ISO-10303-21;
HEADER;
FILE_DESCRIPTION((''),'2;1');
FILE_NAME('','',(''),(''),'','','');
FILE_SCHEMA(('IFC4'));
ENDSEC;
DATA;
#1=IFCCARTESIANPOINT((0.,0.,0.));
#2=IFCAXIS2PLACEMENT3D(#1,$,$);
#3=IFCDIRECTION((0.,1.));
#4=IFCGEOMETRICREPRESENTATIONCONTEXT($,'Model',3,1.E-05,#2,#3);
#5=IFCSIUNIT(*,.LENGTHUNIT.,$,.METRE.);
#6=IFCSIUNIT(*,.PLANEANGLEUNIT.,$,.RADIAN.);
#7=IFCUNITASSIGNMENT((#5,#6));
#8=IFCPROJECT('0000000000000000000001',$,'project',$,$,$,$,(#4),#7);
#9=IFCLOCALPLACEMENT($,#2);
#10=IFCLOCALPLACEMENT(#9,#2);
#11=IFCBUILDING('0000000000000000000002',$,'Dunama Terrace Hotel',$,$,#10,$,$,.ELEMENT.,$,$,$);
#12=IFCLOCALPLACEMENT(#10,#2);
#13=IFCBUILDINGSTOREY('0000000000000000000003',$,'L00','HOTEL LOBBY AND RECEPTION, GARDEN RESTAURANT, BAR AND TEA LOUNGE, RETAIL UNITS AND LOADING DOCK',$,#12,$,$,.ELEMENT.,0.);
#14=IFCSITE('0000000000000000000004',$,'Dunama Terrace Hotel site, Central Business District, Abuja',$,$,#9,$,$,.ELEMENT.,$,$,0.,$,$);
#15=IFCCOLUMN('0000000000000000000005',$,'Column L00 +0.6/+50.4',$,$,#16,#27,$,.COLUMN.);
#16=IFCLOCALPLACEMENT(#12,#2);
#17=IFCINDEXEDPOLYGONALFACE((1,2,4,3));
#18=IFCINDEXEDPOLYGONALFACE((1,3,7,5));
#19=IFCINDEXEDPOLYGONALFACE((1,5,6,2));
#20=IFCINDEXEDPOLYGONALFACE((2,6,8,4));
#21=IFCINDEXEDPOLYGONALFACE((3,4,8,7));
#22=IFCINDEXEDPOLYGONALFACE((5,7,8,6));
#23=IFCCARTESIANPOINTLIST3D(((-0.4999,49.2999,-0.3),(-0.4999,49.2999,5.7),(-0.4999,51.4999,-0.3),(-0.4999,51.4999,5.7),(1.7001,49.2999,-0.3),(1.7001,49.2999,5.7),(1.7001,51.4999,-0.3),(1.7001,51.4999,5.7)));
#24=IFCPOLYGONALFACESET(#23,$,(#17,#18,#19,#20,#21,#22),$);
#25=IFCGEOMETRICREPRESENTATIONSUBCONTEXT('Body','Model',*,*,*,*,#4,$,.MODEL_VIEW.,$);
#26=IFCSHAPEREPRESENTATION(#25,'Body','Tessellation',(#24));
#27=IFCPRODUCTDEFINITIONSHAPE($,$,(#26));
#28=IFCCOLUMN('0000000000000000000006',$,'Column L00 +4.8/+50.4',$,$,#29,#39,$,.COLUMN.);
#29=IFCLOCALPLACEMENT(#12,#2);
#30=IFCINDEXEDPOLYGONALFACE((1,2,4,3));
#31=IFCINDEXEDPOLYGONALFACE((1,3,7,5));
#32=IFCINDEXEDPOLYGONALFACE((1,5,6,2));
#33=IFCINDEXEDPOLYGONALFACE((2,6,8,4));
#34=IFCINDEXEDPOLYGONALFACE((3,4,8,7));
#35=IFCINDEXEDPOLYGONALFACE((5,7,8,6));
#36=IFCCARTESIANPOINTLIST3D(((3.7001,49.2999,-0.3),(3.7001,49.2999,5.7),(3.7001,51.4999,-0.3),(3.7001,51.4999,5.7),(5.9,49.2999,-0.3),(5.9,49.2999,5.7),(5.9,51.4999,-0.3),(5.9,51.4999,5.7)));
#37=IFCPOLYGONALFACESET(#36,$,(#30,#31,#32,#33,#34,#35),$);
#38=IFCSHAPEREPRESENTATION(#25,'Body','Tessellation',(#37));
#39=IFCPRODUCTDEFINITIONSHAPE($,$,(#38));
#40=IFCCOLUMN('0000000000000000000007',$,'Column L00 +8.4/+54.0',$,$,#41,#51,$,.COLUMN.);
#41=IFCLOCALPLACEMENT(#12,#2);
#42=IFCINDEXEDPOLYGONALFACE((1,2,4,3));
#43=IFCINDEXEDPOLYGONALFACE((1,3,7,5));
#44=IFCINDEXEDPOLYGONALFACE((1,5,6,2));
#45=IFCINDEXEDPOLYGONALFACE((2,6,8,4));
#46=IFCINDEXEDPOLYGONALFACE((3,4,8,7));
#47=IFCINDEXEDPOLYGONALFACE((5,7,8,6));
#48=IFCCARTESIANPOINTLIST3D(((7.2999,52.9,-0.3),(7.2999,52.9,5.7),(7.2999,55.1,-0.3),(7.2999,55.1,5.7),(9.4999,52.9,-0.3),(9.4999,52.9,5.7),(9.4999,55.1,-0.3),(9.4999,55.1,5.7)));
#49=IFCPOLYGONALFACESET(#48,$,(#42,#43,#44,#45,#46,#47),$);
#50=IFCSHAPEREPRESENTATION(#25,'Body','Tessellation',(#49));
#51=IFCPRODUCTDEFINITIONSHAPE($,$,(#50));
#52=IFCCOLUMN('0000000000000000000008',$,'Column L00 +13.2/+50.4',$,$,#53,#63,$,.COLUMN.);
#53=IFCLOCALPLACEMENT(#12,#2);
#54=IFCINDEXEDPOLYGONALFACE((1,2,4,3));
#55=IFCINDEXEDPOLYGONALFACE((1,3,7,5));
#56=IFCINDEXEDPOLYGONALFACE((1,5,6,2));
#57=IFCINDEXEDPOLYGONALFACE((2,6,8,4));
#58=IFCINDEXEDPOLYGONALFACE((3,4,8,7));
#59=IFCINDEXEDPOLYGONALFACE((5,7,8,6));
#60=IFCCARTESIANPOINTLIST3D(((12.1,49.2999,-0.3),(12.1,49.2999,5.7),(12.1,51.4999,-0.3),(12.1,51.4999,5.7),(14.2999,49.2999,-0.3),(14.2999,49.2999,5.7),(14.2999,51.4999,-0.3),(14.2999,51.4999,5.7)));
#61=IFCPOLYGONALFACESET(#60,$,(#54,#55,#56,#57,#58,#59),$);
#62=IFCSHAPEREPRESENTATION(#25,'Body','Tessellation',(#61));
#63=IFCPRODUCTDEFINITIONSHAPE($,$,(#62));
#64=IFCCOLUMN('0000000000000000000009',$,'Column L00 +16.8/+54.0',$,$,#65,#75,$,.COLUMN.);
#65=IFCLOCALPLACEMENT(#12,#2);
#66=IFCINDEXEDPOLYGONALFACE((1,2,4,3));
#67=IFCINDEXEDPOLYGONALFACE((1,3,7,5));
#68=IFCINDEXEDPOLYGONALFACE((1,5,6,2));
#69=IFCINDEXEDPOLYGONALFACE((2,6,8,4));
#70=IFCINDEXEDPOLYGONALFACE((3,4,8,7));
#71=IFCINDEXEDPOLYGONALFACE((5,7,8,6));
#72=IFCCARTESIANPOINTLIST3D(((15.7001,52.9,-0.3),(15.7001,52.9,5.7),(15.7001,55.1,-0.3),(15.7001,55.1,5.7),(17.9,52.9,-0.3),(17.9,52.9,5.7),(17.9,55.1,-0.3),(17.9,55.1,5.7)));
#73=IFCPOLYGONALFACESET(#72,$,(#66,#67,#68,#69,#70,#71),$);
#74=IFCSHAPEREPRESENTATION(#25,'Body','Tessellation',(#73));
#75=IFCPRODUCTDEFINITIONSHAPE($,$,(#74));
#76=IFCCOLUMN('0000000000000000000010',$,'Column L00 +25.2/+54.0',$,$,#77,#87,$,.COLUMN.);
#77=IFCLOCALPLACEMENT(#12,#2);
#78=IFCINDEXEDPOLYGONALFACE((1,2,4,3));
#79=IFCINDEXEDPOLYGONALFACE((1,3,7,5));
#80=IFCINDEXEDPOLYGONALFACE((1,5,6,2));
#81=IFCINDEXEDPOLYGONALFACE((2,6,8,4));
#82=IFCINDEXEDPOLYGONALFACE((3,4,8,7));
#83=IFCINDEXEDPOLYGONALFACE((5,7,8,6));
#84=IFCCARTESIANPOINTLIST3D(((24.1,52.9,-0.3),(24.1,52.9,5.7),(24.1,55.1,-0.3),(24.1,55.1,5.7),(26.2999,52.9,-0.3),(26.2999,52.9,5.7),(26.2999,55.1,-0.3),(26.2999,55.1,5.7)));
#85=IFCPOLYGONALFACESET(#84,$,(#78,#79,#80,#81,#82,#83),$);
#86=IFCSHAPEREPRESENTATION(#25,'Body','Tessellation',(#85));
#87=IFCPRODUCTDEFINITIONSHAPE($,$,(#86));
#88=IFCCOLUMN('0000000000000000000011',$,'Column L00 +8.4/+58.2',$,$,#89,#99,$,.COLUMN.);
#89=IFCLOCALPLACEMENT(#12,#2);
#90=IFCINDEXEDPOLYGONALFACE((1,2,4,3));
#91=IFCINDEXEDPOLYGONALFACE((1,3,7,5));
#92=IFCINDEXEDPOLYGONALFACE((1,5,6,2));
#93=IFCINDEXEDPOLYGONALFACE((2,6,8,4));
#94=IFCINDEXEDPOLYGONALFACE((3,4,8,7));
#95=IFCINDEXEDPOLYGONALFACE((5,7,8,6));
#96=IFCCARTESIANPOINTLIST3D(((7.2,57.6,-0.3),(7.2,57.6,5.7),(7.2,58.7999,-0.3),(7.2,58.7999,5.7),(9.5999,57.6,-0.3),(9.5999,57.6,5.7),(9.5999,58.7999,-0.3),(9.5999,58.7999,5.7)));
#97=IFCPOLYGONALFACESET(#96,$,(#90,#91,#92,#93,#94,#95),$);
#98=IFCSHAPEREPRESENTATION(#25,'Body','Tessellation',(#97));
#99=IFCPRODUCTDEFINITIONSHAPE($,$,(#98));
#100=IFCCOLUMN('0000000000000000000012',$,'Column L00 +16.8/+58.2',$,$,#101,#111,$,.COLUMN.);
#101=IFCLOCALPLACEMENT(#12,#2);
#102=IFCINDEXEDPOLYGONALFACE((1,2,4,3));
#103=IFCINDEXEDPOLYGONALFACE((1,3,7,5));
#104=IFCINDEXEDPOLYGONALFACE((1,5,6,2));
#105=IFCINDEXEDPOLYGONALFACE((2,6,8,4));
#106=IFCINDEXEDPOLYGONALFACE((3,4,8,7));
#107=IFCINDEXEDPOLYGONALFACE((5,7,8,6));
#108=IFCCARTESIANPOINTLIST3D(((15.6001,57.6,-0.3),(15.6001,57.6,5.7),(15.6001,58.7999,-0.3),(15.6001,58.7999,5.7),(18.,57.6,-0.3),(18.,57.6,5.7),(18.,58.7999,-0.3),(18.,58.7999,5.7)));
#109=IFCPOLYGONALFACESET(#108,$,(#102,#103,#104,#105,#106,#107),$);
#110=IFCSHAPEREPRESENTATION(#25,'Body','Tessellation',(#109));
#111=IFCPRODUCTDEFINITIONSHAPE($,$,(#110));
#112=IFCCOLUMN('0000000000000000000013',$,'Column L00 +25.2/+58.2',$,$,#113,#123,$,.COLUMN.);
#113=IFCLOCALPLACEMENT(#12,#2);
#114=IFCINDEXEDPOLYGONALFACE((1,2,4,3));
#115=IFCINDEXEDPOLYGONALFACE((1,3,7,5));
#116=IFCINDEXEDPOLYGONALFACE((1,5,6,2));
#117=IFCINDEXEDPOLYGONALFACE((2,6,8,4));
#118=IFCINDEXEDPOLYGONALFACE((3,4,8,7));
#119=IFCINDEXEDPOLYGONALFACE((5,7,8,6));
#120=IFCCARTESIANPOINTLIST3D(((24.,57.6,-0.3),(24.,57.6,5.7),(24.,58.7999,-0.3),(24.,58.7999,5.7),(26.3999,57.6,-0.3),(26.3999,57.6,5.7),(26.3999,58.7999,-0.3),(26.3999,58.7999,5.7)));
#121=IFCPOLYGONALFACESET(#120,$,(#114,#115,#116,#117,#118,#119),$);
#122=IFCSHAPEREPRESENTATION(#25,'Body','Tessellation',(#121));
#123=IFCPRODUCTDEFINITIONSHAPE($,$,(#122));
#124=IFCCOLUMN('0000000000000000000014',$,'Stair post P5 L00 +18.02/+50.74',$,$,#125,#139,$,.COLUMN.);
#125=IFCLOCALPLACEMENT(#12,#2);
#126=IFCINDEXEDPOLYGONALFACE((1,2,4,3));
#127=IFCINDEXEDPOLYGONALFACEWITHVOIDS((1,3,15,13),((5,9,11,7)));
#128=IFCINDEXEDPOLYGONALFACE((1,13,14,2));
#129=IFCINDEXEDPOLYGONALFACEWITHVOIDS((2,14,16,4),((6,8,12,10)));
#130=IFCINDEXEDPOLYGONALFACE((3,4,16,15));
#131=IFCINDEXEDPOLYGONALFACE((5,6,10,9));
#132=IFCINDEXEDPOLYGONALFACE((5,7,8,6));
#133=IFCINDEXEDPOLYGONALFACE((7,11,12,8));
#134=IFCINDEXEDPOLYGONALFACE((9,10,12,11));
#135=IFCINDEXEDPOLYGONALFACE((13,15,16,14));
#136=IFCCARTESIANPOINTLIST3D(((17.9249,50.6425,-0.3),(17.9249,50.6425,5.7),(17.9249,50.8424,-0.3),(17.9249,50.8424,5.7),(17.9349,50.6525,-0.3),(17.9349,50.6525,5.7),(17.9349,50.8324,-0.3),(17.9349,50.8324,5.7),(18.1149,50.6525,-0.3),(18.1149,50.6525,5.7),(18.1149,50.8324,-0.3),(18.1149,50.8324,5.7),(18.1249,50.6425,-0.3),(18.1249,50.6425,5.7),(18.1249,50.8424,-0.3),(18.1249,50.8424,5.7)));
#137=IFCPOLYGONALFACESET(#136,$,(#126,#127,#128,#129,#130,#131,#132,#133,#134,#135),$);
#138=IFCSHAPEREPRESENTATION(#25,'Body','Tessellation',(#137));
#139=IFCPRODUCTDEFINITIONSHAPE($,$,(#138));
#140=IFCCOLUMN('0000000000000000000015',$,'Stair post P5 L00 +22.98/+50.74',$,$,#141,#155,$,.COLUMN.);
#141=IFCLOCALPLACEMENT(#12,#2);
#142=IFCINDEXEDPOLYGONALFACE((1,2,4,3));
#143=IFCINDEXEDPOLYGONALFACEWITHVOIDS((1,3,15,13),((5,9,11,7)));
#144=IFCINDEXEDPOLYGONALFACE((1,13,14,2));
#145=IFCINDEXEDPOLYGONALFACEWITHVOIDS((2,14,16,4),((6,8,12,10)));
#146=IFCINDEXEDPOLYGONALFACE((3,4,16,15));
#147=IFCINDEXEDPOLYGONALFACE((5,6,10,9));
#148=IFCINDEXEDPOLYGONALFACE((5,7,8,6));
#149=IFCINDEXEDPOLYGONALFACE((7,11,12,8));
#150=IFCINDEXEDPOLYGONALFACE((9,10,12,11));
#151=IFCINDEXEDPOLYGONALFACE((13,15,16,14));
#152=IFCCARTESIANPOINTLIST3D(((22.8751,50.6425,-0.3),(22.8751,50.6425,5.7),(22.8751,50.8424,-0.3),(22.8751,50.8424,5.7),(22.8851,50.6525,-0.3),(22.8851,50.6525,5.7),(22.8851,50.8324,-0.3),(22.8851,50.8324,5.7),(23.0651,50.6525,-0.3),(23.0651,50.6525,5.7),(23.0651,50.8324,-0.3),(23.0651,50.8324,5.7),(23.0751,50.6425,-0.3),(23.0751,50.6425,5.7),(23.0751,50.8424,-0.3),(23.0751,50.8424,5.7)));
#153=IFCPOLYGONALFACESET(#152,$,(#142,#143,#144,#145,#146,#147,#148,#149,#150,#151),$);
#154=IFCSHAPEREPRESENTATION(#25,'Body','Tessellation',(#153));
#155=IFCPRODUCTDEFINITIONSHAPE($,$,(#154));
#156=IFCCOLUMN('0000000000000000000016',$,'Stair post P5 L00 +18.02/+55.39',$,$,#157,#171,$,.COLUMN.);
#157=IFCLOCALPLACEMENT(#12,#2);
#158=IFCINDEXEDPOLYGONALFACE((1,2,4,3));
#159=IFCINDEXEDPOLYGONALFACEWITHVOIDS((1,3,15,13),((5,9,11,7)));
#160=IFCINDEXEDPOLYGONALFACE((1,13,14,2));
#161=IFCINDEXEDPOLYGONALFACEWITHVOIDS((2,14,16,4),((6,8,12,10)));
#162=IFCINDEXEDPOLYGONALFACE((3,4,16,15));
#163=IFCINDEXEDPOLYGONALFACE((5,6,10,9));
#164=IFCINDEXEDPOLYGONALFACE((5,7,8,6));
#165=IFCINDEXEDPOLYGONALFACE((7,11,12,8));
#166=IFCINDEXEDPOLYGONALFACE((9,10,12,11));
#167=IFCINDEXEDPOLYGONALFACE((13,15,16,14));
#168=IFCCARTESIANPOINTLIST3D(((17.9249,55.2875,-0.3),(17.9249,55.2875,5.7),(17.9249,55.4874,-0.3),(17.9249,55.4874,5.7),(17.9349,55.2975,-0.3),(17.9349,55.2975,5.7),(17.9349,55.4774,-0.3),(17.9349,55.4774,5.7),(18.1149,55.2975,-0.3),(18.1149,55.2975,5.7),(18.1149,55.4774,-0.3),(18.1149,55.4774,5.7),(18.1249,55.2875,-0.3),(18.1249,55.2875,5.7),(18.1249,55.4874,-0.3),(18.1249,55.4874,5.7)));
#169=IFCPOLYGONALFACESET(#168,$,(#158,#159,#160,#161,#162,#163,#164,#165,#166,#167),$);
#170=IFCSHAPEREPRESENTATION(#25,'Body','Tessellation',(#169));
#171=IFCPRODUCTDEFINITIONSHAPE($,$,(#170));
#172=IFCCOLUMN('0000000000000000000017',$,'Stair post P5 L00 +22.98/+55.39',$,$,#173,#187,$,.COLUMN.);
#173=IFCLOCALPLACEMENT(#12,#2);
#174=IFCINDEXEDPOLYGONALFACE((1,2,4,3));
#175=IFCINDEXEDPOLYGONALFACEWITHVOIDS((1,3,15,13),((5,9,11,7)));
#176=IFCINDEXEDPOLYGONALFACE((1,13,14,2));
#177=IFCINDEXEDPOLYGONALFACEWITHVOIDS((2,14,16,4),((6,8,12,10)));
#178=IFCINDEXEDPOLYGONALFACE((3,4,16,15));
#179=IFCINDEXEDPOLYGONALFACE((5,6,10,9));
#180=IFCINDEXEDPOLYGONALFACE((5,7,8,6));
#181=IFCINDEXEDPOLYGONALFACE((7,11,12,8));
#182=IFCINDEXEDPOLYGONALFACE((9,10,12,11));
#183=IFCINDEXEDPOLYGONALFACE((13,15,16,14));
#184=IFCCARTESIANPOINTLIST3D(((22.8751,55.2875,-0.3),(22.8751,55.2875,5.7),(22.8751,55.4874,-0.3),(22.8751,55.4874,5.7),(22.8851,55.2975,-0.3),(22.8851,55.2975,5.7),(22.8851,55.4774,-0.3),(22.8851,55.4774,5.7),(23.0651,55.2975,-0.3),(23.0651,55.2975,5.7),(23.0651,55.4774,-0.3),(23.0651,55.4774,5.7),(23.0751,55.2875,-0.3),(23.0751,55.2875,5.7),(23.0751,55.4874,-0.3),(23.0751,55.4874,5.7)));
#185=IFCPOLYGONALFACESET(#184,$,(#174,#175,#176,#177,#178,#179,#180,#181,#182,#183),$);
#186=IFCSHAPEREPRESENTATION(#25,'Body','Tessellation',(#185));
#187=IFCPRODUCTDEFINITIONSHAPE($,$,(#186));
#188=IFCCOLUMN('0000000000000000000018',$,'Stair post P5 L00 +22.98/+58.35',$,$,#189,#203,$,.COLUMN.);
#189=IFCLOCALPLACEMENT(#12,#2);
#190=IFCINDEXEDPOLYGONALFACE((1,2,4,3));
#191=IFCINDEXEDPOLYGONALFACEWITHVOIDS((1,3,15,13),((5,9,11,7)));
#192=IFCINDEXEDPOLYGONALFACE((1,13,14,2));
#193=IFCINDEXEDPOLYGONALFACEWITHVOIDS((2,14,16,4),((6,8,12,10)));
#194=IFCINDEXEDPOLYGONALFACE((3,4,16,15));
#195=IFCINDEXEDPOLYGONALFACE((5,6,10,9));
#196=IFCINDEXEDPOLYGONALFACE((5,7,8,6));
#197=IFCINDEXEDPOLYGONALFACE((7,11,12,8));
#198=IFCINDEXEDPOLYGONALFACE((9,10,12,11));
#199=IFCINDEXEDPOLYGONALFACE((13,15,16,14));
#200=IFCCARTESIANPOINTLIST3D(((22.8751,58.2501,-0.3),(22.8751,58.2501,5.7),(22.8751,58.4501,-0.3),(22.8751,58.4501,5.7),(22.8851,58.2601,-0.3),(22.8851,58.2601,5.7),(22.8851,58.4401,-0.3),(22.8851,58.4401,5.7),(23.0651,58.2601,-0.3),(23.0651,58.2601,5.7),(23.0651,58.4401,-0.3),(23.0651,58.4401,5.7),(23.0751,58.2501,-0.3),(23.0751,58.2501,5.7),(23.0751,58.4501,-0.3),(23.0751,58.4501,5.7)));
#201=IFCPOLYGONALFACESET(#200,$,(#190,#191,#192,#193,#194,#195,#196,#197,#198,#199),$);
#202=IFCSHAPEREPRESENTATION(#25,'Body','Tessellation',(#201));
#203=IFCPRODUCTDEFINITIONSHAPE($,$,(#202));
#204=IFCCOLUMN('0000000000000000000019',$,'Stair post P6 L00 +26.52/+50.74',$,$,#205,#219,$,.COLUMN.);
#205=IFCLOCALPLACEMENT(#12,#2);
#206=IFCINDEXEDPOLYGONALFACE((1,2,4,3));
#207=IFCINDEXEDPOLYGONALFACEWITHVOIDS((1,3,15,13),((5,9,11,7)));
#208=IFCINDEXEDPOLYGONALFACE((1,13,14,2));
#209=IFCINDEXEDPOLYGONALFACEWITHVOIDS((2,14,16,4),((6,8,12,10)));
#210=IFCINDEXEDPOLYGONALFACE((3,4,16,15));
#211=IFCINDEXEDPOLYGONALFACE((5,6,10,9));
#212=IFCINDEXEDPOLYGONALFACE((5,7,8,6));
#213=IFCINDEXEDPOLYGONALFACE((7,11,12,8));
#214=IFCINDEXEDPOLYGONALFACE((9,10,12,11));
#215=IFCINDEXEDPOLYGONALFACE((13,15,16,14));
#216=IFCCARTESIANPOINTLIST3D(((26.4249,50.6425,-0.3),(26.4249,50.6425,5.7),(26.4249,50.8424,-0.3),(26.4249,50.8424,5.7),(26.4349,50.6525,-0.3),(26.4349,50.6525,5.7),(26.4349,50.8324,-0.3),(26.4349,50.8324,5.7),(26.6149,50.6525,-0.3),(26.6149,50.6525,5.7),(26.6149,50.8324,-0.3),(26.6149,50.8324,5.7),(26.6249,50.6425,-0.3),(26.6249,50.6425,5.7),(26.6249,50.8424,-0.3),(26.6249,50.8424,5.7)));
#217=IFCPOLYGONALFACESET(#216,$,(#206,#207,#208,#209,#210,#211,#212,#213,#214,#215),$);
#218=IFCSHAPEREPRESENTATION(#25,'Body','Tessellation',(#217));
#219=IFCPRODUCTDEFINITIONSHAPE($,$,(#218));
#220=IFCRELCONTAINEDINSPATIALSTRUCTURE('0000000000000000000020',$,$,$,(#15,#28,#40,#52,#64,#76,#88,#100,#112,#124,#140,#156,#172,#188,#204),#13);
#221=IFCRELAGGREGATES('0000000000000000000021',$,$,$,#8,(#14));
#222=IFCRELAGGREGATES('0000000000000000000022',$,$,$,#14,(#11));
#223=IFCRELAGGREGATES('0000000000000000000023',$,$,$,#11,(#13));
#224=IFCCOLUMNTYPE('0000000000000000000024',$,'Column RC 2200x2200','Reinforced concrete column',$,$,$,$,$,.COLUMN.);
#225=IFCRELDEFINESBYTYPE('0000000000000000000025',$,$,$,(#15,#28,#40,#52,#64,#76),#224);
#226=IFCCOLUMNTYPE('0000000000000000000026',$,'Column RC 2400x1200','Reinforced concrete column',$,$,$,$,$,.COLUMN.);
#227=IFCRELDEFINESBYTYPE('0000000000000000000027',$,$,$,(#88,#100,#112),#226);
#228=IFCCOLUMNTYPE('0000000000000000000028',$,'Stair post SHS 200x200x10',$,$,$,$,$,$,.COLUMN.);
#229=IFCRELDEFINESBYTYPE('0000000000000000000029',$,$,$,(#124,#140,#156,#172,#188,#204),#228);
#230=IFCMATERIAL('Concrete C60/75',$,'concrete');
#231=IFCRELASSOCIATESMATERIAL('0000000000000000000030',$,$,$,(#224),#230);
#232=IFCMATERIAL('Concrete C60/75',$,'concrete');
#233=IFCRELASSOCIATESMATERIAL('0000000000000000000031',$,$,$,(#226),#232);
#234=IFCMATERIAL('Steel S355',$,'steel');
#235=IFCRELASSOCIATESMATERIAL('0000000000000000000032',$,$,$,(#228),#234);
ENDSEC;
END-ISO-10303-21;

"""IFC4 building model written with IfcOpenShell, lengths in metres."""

from ifc_helpers import new_model, si_unit, direction, frame, origin, origin_2d, place, context, subcontext, project, spatial, rectangle, hollow_rectangle, extrude, material, material_profile, profile_set, type_object, element, save


model = new_model("IFC4")

# Units and contexts
model_context = context("Model", 3, precision=1e-05, world=origin(), true_north=direction((0.0, 1.0)))
body_context = subcontext(model_context, "Body", "Model", "MODEL_VIEW")
ifc_project = project(units=[si_unit("LENGTHUNIT", "METRE"), si_unit("PLANEANGLEUNIT", "RADIAN")], contexts=[model_context])

# Site, building, storey
site_placement = place(None, origin())
site = spatial("IfcSite", under=ifc_project, at=site_placement, Name="Dunama Terrace Hotel site, Central Business District, Abuja", CompositionType="ELEMENT", RefElevation=0.0)
building_placement = place(site_placement, origin())
building = spatial("IfcBuilding", under=site, at=building_placement, Name="Dunama Terrace Hotel", CompositionType="ELEMENT")
storey_placement = place(building_placement, origin())
storey = spatial("IfcBuildingStorey", under=building, at=storey_placement, Name="L00", Description="HOTEL LOBBY AND RECEPTION, GARDEN RESTAURANT, BAR AND TEA LOUNGE, RETAIL UNITS AND LOADING DOCK", CompositionType="ELEMENT", Elevation=0.0)

# Columns
ifc_material_1 = material(Name="Concrete C60/75", Category="concrete")
ifc_material_profile_1 = material_profile(ifc_material_1, rectangle(XDim=2.2, YDim=2.2, at=origin_2d()), Name="RC 2200x2200")
ifc_profile_set_1 = profile_set([ifc_material_profile_1], Name="Concrete C60/75")
column_type_1 = type_object("IfcColumnType", Name="Column RC 2200x2200", Description="Reinforced concrete column", PredefinedType="COLUMN", material=ifc_profile_set_1)
for number, where, z_axis, x_axis, name in (
    (1, (0.6001, 50.3999, -0.3), (0.0, 0.0, 1.0), (1.0, 0.0, 0.0), "Column L00 +0.6/+50.4"),
    (2, (4.8, 50.3999, -0.3), (0.0, 0.0, 1.0), (1.0, 0.0, 0.0), "Column L00 +4.8/+50.4"),
    (3, (8.3999, 54.0, -0.3), (0.0, 0.0, 1.0), (1.0, 0.0, 0.0), "Column L00 +8.4/+54.0"),
    (4, (13.2, 50.3999, -0.3), (0.0, 0.0, 1.0), (1.0, 0.0, 0.0), "Column L00 +13.2/+50.4"),
    (5, (16.8, 54.0, -0.3), (0.0, 0.0, 1.0), (1.0, 0.0, 0.0), "Column L00 +16.8/+54.0"),
    (6, (25.2, 54.0, -0.3), (0.0, 0.0, 1.0), (1.0, 0.0, 0.0), "Column L00 +25.2/+54.0"),
):
    element("IfcColumn", number, at=place(storey_placement, frame(where, z_axis=z_axis, x_axis=x_axis)), inside=storey, type_object=column_type_1, Name=name, PredefinedType="COLUMN", context=body_context, shape_type="SweptSolid", body=[
        extrude(rectangle(XDim=2.2, YDim=2.2, at=origin_2d()), origin(), (0.0, 0.0, 1.0), 6.0),
    ])
ifc_material_2 = material(Name="Concrete C60/75", Category="concrete")
ifc_material_profile_2 = material_profile(ifc_material_2, rectangle(XDim=2.3999, YDim=1.2, at=origin_2d()), Name="RC 2400x1200")
ifc_profile_set_2 = profile_set([ifc_material_profile_2], Name="Concrete C60/75")
column_type_2 = type_object("IfcColumnType", Name="Column RC 2400x1200", Description="Reinforced concrete column", PredefinedType="COLUMN", material=ifc_profile_set_2)
for number, where, z_axis, x_axis, name in (
    (7, (8.3999, 58.2, -0.3), (0.0, 0.0, 1.0), (1.0, 0.0, 0.0), "Column L00 +8.4/+58.2"),
    (8, (16.8, 58.2, -0.3), (0.0, 0.0, 1.0), (1.0, 0.0, 0.0), "Column L00 +16.8/+58.2"),
    (9, (25.2, 58.2, -0.3), (0.0, 0.0, 1.0), (1.0, 0.0, 0.0), "Column L00 +25.2/+58.2"),
):
    element("IfcColumn", number, at=place(storey_placement, frame(where, z_axis=z_axis, x_axis=x_axis)), inside=storey, type_object=column_type_2, Name=name, PredefinedType="COLUMN", context=body_context, shape_type="SweptSolid", body=[
        extrude(rectangle(XDim=2.3999, YDim=1.2, at=origin_2d()), origin(), (0.0, 0.0, 1.0), 6.0),
    ])
ifc_material_3 = material(Name="Steel S355", Category="steel")
ifc_material_profile_3 = material_profile(ifc_material_3, hollow_rectangle(XDim=0.2, YDim=0.2, WallThickness=0.01, at=origin_2d()), Name="SHS 200x200x10")
ifc_profile_set_3 = profile_set([ifc_material_profile_3], Name="Steel S355")
column_type_3 = type_object("IfcColumnType", Name="Stair post SHS 200x200x10", PredefinedType="COLUMN", material=ifc_profile_set_3)
for number, where, z_axis, x_axis, name in (
    (10, (18.0249, 50.7424, -0.3), (0.0, 0.0, 1.0), (1.0, 0.0, 0.0), "Stair post P5 L00 +18.02/+50.74"),
    (11, (22.9751, 50.7424, -0.3), (0.0, 0.0, 1.0), (1.0, 0.0, 0.0), "Stair post P5 L00 +22.98/+50.74"),
    (12, (18.0249, 55.3875, -0.3), (0.0, 0.0, 1.0), (1.0, 0.0, 0.0), "Stair post P5 L00 +18.02/+55.39"),
    (13, (22.9751, 55.3875, -0.3), (0.0, 0.0, 1.0), (1.0, 0.0, 0.0), "Stair post P5 L00 +22.98/+55.39"),
    (14, (22.9751, 58.3501, -0.3), (0.0, 0.0, 1.0), (1.0, 0.0, 0.0), "Stair post P5 L00 +22.98/+58.35"),
    (15, (26.5249, 50.7424, -0.3), (0.0, 0.0, 1.0), (1.0, 0.0, 0.0), "Stair post P6 L00 +26.52/+50.74"),
):
    element("IfcColumn", number, at=place(storey_placement, frame(where, z_axis=z_axis, x_axis=x_axis)), inside=storey, type_object=column_type_3, Name=name, PredefinedType="COLUMN", context=body_context, shape_type="SweptSolid", body=[
        extrude(hollow_rectangle(XDim=0.2, YDim=0.2, WallThickness=0.01, at=origin_2d()), origin(), (0.0, 0.0, 1.0), 6.0),
    ])

save(model, "model.ifc")
